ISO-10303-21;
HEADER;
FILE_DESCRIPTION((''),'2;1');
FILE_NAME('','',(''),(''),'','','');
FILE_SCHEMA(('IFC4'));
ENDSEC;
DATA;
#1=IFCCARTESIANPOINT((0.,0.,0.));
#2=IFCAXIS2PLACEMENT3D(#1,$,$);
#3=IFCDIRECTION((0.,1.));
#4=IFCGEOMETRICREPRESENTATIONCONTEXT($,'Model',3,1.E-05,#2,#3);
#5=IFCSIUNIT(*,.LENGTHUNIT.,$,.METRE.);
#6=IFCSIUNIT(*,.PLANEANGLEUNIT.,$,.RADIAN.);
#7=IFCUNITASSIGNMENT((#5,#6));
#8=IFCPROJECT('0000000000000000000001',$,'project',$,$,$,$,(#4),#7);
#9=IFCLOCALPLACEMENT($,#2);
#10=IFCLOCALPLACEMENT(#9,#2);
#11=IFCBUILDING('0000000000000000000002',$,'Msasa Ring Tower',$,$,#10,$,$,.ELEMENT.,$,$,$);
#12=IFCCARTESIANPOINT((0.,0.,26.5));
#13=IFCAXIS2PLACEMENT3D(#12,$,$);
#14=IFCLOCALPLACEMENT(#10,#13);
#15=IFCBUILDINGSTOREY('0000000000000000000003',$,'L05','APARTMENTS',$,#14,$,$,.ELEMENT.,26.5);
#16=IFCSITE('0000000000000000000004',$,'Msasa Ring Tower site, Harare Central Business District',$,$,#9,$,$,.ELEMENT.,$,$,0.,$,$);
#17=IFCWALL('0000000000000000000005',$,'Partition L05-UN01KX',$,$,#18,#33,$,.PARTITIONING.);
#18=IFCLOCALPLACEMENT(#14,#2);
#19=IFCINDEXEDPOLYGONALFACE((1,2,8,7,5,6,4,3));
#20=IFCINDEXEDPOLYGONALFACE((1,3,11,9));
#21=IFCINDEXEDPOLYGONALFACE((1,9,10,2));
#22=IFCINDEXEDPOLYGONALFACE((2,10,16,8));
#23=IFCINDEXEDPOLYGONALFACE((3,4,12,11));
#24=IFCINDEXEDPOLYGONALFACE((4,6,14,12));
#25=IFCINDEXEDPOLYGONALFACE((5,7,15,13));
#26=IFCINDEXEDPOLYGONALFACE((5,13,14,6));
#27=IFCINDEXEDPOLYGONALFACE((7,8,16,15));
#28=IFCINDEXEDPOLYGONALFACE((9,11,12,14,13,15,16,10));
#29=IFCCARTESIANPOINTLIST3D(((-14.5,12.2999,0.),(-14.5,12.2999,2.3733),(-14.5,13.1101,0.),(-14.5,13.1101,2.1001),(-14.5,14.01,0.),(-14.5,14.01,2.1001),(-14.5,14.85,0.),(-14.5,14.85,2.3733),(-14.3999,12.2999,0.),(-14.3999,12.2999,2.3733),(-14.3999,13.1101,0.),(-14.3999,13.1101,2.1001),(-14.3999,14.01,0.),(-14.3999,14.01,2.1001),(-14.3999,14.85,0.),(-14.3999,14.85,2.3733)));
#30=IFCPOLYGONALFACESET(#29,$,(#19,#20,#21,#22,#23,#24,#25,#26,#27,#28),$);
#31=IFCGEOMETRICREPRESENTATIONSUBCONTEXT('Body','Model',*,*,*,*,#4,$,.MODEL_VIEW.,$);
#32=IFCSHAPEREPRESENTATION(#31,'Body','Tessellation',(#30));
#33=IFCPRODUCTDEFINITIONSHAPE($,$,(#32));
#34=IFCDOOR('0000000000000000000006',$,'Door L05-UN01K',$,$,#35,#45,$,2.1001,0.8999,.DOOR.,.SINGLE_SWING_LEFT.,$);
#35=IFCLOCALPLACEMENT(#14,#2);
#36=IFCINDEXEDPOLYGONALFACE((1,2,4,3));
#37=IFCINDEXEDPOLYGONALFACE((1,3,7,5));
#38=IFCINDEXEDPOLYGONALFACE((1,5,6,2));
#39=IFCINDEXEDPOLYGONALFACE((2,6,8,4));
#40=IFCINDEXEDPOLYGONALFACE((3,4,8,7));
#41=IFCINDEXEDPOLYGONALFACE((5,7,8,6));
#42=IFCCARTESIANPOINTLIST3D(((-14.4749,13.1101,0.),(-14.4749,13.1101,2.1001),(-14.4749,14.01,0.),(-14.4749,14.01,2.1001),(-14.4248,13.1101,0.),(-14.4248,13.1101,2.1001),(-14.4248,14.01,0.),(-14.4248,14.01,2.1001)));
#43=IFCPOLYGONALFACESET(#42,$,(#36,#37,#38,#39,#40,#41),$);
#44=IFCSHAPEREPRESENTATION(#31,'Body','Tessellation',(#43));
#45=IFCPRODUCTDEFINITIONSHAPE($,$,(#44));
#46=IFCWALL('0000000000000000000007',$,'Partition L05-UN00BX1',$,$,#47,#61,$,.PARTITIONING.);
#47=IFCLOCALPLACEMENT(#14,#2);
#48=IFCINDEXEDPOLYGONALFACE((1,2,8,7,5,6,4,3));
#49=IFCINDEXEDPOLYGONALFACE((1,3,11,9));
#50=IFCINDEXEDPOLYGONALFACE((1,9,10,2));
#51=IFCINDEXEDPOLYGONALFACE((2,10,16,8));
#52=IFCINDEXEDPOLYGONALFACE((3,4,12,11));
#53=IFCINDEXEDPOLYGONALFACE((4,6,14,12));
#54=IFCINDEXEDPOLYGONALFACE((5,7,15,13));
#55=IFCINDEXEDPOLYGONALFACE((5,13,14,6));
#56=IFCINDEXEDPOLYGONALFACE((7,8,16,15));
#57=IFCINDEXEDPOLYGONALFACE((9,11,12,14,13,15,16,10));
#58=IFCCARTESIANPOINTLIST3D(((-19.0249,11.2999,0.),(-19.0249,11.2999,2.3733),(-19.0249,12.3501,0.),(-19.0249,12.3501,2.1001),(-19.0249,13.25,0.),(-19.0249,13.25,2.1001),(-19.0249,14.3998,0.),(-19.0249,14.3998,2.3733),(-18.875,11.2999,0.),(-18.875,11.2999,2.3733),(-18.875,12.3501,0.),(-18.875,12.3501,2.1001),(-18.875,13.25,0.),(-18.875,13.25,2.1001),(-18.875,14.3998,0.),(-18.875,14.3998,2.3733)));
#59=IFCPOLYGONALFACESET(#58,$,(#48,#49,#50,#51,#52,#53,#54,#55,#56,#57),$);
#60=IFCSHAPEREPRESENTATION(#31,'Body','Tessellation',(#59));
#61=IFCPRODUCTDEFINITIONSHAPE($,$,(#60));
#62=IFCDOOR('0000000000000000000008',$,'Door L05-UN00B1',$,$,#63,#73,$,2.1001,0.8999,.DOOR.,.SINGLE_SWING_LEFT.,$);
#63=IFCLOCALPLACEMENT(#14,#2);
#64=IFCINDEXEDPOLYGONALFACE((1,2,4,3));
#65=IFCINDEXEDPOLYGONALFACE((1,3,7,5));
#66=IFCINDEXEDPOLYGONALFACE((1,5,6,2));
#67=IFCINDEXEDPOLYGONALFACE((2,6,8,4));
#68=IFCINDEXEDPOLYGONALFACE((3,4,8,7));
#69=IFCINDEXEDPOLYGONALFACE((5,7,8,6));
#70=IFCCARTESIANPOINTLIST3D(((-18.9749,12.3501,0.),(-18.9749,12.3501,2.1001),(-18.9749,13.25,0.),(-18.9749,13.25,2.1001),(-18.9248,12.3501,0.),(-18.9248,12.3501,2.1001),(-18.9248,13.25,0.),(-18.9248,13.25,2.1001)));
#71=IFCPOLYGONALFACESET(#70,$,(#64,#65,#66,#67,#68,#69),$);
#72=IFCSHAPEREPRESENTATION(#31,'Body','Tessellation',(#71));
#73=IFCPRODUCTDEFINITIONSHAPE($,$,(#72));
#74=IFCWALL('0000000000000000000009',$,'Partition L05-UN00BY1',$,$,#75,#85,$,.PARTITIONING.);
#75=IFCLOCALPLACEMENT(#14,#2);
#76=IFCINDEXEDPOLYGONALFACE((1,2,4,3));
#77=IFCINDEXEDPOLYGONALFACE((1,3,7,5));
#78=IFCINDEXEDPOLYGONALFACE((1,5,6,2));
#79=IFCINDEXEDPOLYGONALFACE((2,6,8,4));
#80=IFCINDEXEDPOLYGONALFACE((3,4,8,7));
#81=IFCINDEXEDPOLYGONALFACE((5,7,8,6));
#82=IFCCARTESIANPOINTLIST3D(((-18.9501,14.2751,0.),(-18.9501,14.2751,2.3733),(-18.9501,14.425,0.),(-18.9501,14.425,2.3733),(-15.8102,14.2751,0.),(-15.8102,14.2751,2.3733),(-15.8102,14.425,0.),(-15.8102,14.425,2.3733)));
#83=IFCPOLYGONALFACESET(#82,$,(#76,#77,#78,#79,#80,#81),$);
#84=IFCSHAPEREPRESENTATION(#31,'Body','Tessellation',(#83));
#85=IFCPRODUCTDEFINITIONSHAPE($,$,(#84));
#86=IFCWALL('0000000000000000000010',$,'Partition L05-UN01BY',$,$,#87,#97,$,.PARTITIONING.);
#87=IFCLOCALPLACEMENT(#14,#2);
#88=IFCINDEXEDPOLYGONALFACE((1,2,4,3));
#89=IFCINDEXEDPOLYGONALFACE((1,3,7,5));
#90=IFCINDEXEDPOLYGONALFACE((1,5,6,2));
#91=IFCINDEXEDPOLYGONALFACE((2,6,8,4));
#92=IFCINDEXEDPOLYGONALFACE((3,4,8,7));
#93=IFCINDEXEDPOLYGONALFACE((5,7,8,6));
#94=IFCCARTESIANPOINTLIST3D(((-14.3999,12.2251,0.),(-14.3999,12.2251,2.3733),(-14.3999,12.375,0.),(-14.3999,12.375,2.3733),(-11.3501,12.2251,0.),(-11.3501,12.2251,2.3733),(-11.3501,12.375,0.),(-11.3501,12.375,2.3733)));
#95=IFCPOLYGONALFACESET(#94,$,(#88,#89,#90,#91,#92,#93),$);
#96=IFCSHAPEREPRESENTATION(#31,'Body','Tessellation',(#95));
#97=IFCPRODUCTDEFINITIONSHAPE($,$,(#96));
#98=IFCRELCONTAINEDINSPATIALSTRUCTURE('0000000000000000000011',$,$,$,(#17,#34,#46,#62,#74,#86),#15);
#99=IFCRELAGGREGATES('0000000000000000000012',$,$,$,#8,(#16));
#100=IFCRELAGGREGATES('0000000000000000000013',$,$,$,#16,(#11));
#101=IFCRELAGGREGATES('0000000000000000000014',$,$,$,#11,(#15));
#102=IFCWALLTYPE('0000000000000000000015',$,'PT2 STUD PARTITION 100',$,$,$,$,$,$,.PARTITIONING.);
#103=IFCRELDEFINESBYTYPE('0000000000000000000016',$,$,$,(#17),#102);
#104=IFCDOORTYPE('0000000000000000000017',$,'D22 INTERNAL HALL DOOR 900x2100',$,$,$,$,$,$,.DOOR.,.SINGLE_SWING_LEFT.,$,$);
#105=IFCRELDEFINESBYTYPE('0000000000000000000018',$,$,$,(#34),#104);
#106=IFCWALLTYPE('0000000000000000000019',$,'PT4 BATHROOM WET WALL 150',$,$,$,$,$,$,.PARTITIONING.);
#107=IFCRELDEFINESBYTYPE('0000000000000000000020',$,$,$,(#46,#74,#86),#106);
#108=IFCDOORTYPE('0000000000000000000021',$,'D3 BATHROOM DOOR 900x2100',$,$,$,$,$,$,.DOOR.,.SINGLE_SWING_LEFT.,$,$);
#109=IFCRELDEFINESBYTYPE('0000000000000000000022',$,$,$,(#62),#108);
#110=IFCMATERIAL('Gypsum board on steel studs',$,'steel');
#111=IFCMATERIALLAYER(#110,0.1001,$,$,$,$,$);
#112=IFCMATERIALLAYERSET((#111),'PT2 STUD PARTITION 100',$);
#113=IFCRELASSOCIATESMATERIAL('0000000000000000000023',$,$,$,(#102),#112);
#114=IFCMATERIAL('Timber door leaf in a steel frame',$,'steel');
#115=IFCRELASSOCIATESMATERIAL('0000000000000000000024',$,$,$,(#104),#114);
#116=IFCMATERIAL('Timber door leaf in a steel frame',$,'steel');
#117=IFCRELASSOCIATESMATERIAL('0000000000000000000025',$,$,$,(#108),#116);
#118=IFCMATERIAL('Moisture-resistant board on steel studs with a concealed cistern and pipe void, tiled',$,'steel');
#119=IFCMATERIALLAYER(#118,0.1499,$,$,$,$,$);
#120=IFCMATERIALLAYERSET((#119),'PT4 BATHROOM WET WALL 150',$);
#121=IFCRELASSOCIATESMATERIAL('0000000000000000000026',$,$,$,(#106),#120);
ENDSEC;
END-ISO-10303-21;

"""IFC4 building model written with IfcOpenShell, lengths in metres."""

from ifc_helpers import new_model, si_unit, direction, frame, frame_2d, origin, place, context, subcontext, project, spatial, rectangle, extrude, material, layer, layer_set, type_object, element, fill, save


model = new_model("IFC4")

# Units and contexts
model_context = context("Model", 3, precision=1e-05, world=origin(), true_north=direction((0.0, 1.0)))
body_context = subcontext(model_context, "Body", "Model", "MODEL_VIEW")
ifc_project = project(units=[si_unit("LENGTHUNIT", "METRE"), si_unit("PLANEANGLEUNIT", "RADIAN")], contexts=[model_context])

# Site, building, storey
site_placement = place(None, origin())
site = spatial("IfcSite", under=ifc_project, at=site_placement, Name="Msasa Ring Tower site, Harare Central Business District", CompositionType="ELEMENT", RefElevation=0.0)
building_placement = place(site_placement, origin())
building = spatial("IfcBuilding", under=site, at=building_placement, Name="Msasa Ring Tower", CompositionType="ELEMENT")
storey_placement = place(building_placement, frame((0.0, 0.0, 26.5)))
storey = spatial("IfcBuildingStorey", under=building, at=storey_placement, Name="L05", Description="APARTMENTS", CompositionType="ELEMENT", Elevation=26.5)

# Shared definitions
ifc_material_1 = material(Name="Gypsum board on steel studs", Category="steel")
ifc_layer_1 = layer(ifc_material_1, 0.1001)
ifc_layer_set_1 = layer_set([ifc_layer_1], Name="PT2 STUD PARTITION 100")
wall_type_1 = type_object("IfcWallType", Name="PT2 STUD PARTITION 100", PredefinedType="PARTITIONING", material=ifc_layer_set_1)
ifc_material_2 = material(Name="Timber door leaf in a steel frame", Category="steel")
door_type_1 = type_object("IfcDoorType", Name="D22 INTERNAL HALL DOOR 900x2100", OperationType="SINGLE_SWING_LEFT", PredefinedType="DOOR", material=ifc_material_2)
ifc_material_3 = material(Name="Timber door leaf in a steel frame", Category="steel")
door_type_2 = type_object("IfcDoorType", Name="D3 BATHROOM DOOR 900x2100", OperationType="SINGLE_SWING_LEFT", PredefinedType="DOOR", material=ifc_material_3)

# Walls, openings, doors
wall_1_placement = place(storey_placement, frame((-14.45, 12.3, 0.0), z_axis=(0.0, 0.0, 1.0), x_axis=(0.0, 1.0, 0.0)))
wall_1 = element("IfcWall", 1, at=wall_1_placement, inside=storey, type_object=wall_type_1, Name="Partition L05-UN01KX", PredefinedType="PARTITIONING", context=body_context, shape_type="SweptSolid", body=[
    extrude(rectangle(XDim=2.55, YDim=0.1001, at=frame_2d((1.2749, 0.0))), origin(), (0.0, 0.0, 1.0), 2.3733),
])
opening_1_placement = place(wall_1_placement, frame((0.8101, 0.0, 0.0)))
opening_1 = element("IfcOpeningElement", 2, at=opening_1_placement, cuts=wall_1, PredefinedType="OPENING", context=body_context, shape_type="SweptSolid", body=[
    extrude(rectangle(XDim=0.8999, YDim=2.1001, at=frame_2d((0.45, 1.05))), frame((0.0, 0.0601, 0.0), z_axis=(0.0, -1.0, 0.0), x_axis=(1.0, 0.0, 0.0)), (0.0, 0.0, 1.0), 0.1201),
])
door_1_placement = place(opening_1_placement, origin())
door_1 = element("IfcDoor", 3, at=door_1_placement, inside=storey, type_object=door_type_1, Name="Door L05-UN01K", OperationType="SINGLE_SWING_LEFT", OverallHeight=2.1001, OverallWidth=0.8999, PredefinedType="DOOR", context=body_context, shape_type="SweptSolid", body=[
    extrude(rectangle(XDim=0.8999, YDim=2.1001, at=frame_2d((0.45, 1.05))), frame((0.0, 0.0249, 0.0), z_axis=(0.0, -1.0, 0.0), x_axis=(1.0, 0.0, 0.0)), (0.0, 0.0, 1.0), 0.05),
])
fill(opening_1, door_1)
ifc_material_4 = material(Name="Moisture-resistant board on steel studs with a concealed cistern and pipe void, tiled", Category="steel")
ifc_layer_2 = layer(ifc_material_4, 0.1499)
ifc_layer_set_2 = layer_set([ifc_layer_2], Name="PT4 BATHROOM WET WALL 150")
wall_type_2 = type_object("IfcWallType", Name="PT4 BATHROOM WET WALL 150", PredefinedType="PARTITIONING", material=ifc_layer_set_2)
wall_2_placement = place(storey_placement, frame((-18.95, 11.3, 0.0), z_axis=(0.0, 0.0, 1.0), x_axis=(0.0, 1.0, 0.0)))
wall_2 = element("IfcWall", 4, at=wall_2_placement, inside=storey, type_object=wall_type_2, Name="Partition L05-UN00BX1", PredefinedType="PARTITIONING", context=body_context, shape_type="SweptSolid", body=[
    extrude(rectangle(XDim=3.0999, YDim=0.1499, at=frame_2d((1.5498, 0.0))), origin(), (0.0, 0.0, 1.0), 2.3733),
])
opening_2_placement = place(wall_2_placement, frame((1.05, 0.0, 0.0)))
opening_2 = element("IfcOpeningElement", 5, at=opening_2_placement, cuts=wall_2, PredefinedType="OPENING", context=body_context, shape_type="SweptSolid", body=[
    extrude(rectangle(XDim=0.8999, YDim=2.1001, at=frame_2d((0.45, 1.05))), frame((0.0, 0.085, 0.0), z_axis=(0.0, -1.0, 0.0), x_axis=(1.0, 0.0, 0.0)), (0.0, 0.0, 1.0), 0.1699),
])
door_2_placement = place(opening_2_placement, origin())
door_2 = element("IfcDoor", 6, at=door_2_placement, inside=storey, type_object=door_type_2, Name="Door L05-UN00B1", OperationType="SINGLE_SWING_LEFT", OverallHeight=2.1001, OverallWidth=0.8999, PredefinedType="DOOR", context=body_context, shape_type="SweptSolid", body=[
    extrude(rectangle(XDim=0.8999, YDim=2.1001, at=frame_2d((0.45, 1.05))), frame((0.0, 0.0249, 0.0), z_axis=(0.0, -1.0, 0.0), x_axis=(1.0, 0.0, 0.0)), (0.0, 0.0, 1.0), 0.05),
])
fill(opening_2, door_2)

# Walls
wall_3_placement = place(storey_placement, frame((-18.95, 14.3501, 0.0), z_axis=(0.0, 0.0, 1.0), x_axis=(1.0, 0.0, 0.0)))
element("IfcWall", 7, at=wall_3_placement, inside=storey, type_object=wall_type_2, Name="Partition L05-UN00BY1", PredefinedType="PARTITIONING", context=body_context, shape_type="SweptSolid", body=[
    extrude(rectangle(XDim=3.1399, YDim=0.1499, at=frame_2d((1.5698, 0.0))), origin(), (0.0, 0.0, 1.0), 2.3733),
])
wall_4_placement = place(storey_placement, frame((-14.3999, 12.3, 0.0), z_axis=(0.0, 0.0, 1.0), x_axis=(1.0, 0.0, 0.0)))
element("IfcWall", 8, at=wall_4_placement, inside=storey, type_object=wall_type_2, Name="Partition L05-UN01BY", PredefinedType="PARTITIONING", context=body_context, shape_type="SweptSolid", body=[
    extrude(rectangle(XDim=3.0498, YDim=0.1499, at=frame_2d((1.5249, 0.0))), origin(), (0.0, 0.0, 1.0), 2.3733),
])

save(model, "model.ifc")
